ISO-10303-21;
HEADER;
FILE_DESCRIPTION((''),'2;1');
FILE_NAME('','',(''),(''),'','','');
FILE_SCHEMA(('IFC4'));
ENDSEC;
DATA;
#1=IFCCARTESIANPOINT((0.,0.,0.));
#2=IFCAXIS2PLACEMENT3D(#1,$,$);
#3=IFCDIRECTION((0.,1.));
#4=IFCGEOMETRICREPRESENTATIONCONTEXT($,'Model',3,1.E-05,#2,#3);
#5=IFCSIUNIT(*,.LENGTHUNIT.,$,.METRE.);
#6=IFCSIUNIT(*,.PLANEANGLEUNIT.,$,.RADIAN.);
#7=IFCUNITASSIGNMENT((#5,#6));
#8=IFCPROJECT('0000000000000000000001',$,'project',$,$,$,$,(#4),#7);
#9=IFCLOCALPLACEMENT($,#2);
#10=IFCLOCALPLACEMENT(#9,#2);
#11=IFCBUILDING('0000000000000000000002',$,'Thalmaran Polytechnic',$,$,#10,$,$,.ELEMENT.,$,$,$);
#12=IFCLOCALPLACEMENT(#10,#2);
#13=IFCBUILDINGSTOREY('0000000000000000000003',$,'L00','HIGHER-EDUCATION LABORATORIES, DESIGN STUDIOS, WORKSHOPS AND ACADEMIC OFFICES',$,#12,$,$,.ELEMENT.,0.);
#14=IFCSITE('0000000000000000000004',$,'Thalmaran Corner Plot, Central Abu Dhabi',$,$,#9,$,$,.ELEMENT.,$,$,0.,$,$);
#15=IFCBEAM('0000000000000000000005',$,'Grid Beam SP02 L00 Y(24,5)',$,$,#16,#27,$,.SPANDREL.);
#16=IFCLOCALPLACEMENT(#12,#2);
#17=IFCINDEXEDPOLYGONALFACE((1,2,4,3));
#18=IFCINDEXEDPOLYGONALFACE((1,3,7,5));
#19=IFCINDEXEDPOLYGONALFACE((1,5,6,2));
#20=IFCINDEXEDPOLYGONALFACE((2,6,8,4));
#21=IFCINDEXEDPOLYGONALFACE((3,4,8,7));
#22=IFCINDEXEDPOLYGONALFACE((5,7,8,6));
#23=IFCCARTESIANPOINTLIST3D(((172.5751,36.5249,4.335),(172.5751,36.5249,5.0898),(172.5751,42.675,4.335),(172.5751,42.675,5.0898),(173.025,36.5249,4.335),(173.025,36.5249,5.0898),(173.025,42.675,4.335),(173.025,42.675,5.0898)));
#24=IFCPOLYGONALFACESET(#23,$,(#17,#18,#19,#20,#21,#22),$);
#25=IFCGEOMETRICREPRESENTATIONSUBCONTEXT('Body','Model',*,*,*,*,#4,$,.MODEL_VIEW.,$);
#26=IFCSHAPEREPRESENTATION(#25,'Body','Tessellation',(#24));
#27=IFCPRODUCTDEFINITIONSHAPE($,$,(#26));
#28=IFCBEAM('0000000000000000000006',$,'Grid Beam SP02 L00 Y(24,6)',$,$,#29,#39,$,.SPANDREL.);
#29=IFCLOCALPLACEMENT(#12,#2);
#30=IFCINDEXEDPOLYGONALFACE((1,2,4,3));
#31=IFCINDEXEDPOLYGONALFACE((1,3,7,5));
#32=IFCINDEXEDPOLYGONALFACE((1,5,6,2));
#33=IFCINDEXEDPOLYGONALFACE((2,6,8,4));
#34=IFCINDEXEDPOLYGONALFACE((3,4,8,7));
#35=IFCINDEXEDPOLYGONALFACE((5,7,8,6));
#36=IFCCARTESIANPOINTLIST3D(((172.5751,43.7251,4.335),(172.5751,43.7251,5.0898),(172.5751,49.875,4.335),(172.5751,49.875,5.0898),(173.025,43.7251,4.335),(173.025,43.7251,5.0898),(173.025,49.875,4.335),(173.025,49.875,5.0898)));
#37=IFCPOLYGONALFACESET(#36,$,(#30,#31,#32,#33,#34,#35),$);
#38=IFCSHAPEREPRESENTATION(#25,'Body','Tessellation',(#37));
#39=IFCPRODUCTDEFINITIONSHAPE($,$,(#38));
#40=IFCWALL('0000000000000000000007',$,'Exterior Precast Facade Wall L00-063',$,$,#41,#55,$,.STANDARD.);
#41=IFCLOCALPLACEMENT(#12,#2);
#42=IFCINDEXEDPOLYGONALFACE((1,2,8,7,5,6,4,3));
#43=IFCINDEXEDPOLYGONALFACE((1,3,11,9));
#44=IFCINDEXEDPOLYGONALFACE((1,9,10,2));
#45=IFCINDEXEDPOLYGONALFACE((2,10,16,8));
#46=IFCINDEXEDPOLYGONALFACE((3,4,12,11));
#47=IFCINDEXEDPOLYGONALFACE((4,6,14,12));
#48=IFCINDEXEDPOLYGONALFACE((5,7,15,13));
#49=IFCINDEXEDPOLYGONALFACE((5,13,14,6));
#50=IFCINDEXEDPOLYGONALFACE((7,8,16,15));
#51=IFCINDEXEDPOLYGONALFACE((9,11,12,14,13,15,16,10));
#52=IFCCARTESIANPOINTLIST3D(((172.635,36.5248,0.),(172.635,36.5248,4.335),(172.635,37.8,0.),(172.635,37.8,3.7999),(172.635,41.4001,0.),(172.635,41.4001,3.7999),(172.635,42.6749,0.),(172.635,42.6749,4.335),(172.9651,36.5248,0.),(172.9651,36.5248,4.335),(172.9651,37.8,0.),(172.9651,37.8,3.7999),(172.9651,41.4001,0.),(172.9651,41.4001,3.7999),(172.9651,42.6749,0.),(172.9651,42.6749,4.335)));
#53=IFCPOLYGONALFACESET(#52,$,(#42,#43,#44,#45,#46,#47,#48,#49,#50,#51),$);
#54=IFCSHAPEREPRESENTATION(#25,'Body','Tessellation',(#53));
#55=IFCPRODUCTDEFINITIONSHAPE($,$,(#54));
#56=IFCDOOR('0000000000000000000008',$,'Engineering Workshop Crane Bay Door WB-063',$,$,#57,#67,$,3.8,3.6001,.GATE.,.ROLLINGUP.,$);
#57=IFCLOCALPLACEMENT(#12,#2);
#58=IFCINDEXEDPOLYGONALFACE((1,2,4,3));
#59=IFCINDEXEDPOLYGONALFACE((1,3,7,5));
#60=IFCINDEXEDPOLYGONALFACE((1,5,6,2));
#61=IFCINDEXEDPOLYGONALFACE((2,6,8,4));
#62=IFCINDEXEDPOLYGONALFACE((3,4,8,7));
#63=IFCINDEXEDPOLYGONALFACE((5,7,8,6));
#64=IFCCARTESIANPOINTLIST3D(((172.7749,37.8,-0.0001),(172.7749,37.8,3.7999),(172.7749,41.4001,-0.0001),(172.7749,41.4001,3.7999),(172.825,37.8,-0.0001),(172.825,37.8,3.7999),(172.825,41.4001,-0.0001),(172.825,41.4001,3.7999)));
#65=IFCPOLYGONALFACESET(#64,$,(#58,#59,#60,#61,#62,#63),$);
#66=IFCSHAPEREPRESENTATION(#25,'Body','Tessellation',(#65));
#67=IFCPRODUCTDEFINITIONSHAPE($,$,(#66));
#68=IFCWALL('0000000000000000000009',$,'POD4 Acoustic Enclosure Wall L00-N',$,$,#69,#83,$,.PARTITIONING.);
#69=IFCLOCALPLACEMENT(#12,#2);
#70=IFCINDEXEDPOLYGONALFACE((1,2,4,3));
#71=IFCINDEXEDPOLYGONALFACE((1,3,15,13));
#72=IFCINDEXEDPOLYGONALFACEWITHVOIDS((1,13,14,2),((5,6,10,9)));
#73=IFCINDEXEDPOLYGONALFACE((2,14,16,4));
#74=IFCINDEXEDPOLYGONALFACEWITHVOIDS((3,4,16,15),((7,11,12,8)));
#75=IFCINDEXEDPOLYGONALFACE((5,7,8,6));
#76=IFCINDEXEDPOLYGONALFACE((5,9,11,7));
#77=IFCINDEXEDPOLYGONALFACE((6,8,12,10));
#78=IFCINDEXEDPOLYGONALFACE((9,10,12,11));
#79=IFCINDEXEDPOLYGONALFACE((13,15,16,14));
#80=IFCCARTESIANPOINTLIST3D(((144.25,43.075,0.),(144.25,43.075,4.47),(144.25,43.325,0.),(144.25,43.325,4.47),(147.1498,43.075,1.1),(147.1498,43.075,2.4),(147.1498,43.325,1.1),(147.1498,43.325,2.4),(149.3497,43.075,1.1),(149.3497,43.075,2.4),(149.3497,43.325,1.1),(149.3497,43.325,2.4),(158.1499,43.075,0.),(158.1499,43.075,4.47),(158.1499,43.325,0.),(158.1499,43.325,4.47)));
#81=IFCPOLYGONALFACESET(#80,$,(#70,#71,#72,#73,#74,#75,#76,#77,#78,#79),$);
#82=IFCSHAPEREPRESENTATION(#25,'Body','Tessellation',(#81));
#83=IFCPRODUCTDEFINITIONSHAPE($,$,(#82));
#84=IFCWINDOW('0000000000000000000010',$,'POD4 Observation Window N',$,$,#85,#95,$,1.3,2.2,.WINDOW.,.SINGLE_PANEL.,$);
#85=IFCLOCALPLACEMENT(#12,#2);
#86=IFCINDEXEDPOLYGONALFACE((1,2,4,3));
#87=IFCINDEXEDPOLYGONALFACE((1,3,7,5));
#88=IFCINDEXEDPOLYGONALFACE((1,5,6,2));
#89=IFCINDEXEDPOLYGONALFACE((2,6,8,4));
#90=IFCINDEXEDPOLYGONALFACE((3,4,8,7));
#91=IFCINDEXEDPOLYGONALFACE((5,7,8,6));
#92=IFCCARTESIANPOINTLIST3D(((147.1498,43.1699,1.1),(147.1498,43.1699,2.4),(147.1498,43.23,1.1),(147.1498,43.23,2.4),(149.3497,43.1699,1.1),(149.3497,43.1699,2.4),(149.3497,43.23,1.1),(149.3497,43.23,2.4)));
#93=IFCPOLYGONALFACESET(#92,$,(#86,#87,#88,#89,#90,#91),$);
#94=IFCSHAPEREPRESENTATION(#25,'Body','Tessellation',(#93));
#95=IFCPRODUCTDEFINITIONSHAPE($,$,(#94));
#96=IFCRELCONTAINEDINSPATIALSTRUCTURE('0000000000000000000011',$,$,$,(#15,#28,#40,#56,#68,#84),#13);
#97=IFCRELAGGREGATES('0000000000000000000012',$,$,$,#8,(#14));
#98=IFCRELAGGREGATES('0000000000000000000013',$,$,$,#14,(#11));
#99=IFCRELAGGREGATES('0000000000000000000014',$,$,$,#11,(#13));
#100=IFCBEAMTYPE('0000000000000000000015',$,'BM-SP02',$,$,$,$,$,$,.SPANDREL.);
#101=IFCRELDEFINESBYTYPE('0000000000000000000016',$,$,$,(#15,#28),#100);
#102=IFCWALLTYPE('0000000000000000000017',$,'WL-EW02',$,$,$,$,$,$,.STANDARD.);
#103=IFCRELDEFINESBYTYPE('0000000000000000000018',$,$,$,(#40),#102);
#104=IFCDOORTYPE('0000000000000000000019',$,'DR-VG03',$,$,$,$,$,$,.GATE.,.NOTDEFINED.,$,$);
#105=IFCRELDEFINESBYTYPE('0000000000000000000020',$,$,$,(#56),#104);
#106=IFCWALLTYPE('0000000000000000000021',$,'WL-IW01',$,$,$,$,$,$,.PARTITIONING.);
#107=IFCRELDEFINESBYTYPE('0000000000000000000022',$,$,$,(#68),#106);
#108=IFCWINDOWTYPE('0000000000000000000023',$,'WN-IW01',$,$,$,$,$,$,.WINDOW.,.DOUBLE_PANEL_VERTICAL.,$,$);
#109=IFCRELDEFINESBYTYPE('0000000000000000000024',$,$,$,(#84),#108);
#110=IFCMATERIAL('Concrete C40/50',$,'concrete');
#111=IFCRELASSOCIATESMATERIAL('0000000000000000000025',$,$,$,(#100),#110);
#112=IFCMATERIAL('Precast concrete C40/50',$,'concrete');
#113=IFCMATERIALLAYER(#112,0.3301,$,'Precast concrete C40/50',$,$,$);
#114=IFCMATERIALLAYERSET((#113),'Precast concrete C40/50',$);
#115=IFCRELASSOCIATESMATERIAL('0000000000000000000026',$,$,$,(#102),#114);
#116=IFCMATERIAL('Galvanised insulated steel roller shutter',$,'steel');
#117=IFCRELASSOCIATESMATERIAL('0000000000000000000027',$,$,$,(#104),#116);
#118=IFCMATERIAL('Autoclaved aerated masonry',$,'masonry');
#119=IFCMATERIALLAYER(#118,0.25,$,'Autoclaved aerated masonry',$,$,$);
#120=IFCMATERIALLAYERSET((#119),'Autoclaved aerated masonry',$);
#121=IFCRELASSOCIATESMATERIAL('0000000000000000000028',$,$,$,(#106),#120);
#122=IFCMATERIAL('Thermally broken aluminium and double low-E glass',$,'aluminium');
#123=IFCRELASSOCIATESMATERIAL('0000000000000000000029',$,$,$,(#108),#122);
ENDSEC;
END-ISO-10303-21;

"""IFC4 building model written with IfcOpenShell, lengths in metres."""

from ifc_helpers import new_model, si_unit, direction, frame, frame_2d, origin, origin_2d, place, context, subcontext, project, spatial, rectangle, extrude, material, layer, layer_set, material_profile, profile_set, type_object, element, fill, save


model = new_model("IFC4")

# Units and contexts
model_context = context("Model", 3, precision=1e-05, world=origin(), true_north=direction((0.0, 1.0)))
body_context = subcontext(model_context, "Body", "Model", "MODEL_VIEW")
ifc_project = project(units=[si_unit("LENGTHUNIT", "METRE"), si_unit("PLANEANGLEUNIT", "RADIAN")], contexts=[model_context])

# Site, building, storey
site_placement = place(None, origin())
site = spatial("IfcSite", under=ifc_project, at=site_placement, Name="Thalmaran Corner Plot, Central Abu Dhabi", CompositionType="ELEMENT", RefElevation=0.0)
building_placement = place(site_placement, origin())
building = spatial("IfcBuilding", under=site, at=building_placement, Name="Thalmaran Polytechnic", CompositionType="ELEMENT")
storey_placement = place(building_placement, origin())
storey = spatial("IfcBuildingStorey", under=building, at=storey_placement, Name="L00", Description="HIGHER-EDUCATION LABORATORIES, DESIGN STUDIOS, WORKSHOPS AND ACADEMIC OFFICES", CompositionType="ELEMENT", Elevation=0.0)

# Shared definitions
ifc_material_1 = material(Name="Concrete C40/50", Category="concrete")

# Beams
ifc_material_profile_1 = material_profile(ifc_material_1, rectangle(XDim=0.45, YDim=0.7549, at=origin_2d()), Name="RC 450x755")
ifc_profile_set_1 = profile_set([ifc_material_profile_1], Name="Concrete C40/50")
beam_type = type_object("IfcBeamType", Name="BM-SP02", PredefinedType="SPANDREL", material=ifc_profile_set_1)
beam_1_placement = place(storey_placement, frame((172.8, 36.5249, 4.7124), z_axis=(0.0, 1.0, 0.0), x_axis=(-1.0, 0.0, 0.0)))
element("IfcBeam", 1, at=beam_1_placement, inside=storey, type_object=beam_type, Name="Grid Beam SP02 L00 Y(24,5)", PredefinedType="SPANDREL", context=body_context, shape_type="SweptSolid", body=[
    extrude(rectangle(XDim=0.45, YDim=0.7549, at=origin_2d()), origin(), (0.0, 0.0, 1.0), 6.1501),
])
beam_2_placement = place(storey_placement, frame((172.8, 43.7251, 4.7124), z_axis=(0.0, 1.0, 0.0), x_axis=(-1.0, 0.0, 0.0)))
element("IfcBeam", 2, at=beam_2_placement, inside=storey, type_object=beam_type, Name="Grid Beam SP02 L00 Y(24,6)", PredefinedType="SPANDREL", context=body_context, shape_type="SweptSolid", body=[
    extrude(rectangle(XDim=0.45, YDim=0.7549, at=origin_2d()), origin(), (0.0, 0.0, 1.0), 6.1499),
])

# Wall, opening, door
ifc_material_2 = material(Name="Precast concrete C40/50", Category="concrete")
ifc_layer_1 = layer(ifc_material_2, 0.3301, Name="Precast concrete C40/50")
ifc_layer_set_1 = layer_set([ifc_layer_1], Name="Precast concrete C40/50")
wall_type_1 = type_object("IfcWallType", Name="WL-EW02", PredefinedType="STANDARD", material=ifc_layer_set_1)
wall_1_placement = place(storey_placement, frame((172.8, 42.675, 0.0), z_axis=(0.0, 0.0, 1.0), x_axis=(0.0, -1.0, 0.0)))
wall_1 = element("IfcWall", 3, at=wall_1_placement, inside=storey, type_object=wall_type_1, Name="Exterior Precast Facade Wall L00-063", PredefinedType="STANDARD", context=body_context, shape_type="SweptSolid", body=[
    extrude(rectangle(XDim=6.1501, YDim=0.3301, at=frame_2d((3.0752, 0.0))), origin(), (0.0, 0.0, 1.0), 4.335),
])
opening_1_placement = place(wall_1_placement, frame((1.2749, 0.0, 0.0)))
opening_1 = element("IfcOpeningElement", 4, at=opening_1_placement, cuts=wall_1, PredefinedType="OPENING", context=body_context, shape_type="SweptSolid", body=[
    extrude(rectangle(XDim=3.6001, YDim=3.8, at=frame_2d((1.8, 1.8999))), frame((0.0, 0.175, 0.0), z_axis=(0.0, -1.0, 0.0), x_axis=(1.0, 0.0, 0.0)), (0.0, 0.0, 1.0), 0.3501),
])
ifc_material_3 = material(Name="Galvanised insulated steel roller shutter", Category="steel")
door_type_1 = type_object("IfcDoorType", Name="DR-VG03", OperationType="NOTDEFINED", PredefinedType="GATE", material=ifc_material_3)
door_1_placement = place(opening_1_placement, origin())
door_1 = element("IfcDoor", 5, at=door_1_placement, inside=storey, type_object=door_type_1, Name="Engineering Workshop Crane Bay Door WB-063", OperationType="ROLLINGUP", OverallHeight=3.8, OverallWidth=3.6001, PredefinedType="GATE", context=body_context, shape_type="SweptSolid", body=[
    extrude(rectangle(XDim=3.6001, YDim=3.8, at=frame_2d((1.8, 1.8999))), frame((0.0, 0.0249, 0.0), z_axis=(0.0, -1.0, 0.0), x_axis=(1.0, 0.0, 0.0)), (0.0, 0.0, 1.0), 0.05),
])
fill(opening_1, door_1)

# Wall, opening, window
ifc_material_4 = material(Name="Autoclaved aerated masonry", Category="masonry")
ifc_layer_2 = layer(ifc_material_4, 0.25, Name="Autoclaved aerated masonry")
ifc_layer_set_2 = layer_set([ifc_layer_2], Name="Autoclaved aerated masonry")
wall_type_2 = type_object("IfcWallType", Name="WL-IW01", PredefinedType="PARTITIONING", material=ifc_layer_set_2)
wall_2_placement = place(storey_placement, frame((158.1499, 43.2, 0.0), z_axis=(0.0, 0.0, 1.0), x_axis=(-1.0, 0.0, 0.0)))
wall_2 = element("IfcWall", 6, at=wall_2_placement, inside=storey, type_object=wall_type_2, Name="POD4 Acoustic Enclosure Wall L00-N", PredefinedType="PARTITIONING", context=body_context, shape_type="SweptSolid", body=[
    extrude(rectangle(XDim=13.8999, YDim=0.25, at=frame_2d((6.95, 0.0))), origin(), (0.0, 0.0, 1.0), 4.47),
])
opening_2_placement = place(wall_2_placement, frame((8.8, 0.0, 1.1001)))
opening_2 = element("IfcOpeningElement", 7, at=opening_2_placement, cuts=wall_2, PredefinedType="OPENING", context=body_context, shape_type="SweptSolid", body=[
    extrude(rectangle(XDim=2.2, YDim=1.3, at=frame_2d((1.1001, 0.6499))), frame((0.0, 0.135, 0.0), z_axis=(0.0, -1.0, 0.0), x_axis=(1.0, 0.0, 0.0)), (0.0, 0.0, 1.0), 0.27),
])
ifc_material_5 = material(Name="Thermally broken aluminium and double low-E glass", Category="aluminium")
window_type = type_object("IfcWindowType", Name="WN-IW01", PartitioningType="DOUBLE_PANEL_VERTICAL", PredefinedType="WINDOW", material=ifc_material_5)
window_placement = place(opening_2_placement, origin())
window = element("IfcWindow", 8, at=window_placement, inside=storey, type_object=window_type, Name="POD4 Observation Window N", OverallHeight=1.3, OverallWidth=2.2, PartitioningType="SINGLE_PANEL", PredefinedType="WINDOW", context=body_context, shape_type="SweptSolid", body=[
    extrude(rectangle(XDim=2.2, YDim=1.3, at=frame_2d((1.1001, 0.6499))), frame((0.0, 0.03, 0.0), z_axis=(0.0, -1.0, 0.0), x_axis=(1.0, 0.0, 0.0)), (0.0, 0.0, 1.0), 0.0601),
])
fill(opening_2, window)

save(model, "model.ifc")
